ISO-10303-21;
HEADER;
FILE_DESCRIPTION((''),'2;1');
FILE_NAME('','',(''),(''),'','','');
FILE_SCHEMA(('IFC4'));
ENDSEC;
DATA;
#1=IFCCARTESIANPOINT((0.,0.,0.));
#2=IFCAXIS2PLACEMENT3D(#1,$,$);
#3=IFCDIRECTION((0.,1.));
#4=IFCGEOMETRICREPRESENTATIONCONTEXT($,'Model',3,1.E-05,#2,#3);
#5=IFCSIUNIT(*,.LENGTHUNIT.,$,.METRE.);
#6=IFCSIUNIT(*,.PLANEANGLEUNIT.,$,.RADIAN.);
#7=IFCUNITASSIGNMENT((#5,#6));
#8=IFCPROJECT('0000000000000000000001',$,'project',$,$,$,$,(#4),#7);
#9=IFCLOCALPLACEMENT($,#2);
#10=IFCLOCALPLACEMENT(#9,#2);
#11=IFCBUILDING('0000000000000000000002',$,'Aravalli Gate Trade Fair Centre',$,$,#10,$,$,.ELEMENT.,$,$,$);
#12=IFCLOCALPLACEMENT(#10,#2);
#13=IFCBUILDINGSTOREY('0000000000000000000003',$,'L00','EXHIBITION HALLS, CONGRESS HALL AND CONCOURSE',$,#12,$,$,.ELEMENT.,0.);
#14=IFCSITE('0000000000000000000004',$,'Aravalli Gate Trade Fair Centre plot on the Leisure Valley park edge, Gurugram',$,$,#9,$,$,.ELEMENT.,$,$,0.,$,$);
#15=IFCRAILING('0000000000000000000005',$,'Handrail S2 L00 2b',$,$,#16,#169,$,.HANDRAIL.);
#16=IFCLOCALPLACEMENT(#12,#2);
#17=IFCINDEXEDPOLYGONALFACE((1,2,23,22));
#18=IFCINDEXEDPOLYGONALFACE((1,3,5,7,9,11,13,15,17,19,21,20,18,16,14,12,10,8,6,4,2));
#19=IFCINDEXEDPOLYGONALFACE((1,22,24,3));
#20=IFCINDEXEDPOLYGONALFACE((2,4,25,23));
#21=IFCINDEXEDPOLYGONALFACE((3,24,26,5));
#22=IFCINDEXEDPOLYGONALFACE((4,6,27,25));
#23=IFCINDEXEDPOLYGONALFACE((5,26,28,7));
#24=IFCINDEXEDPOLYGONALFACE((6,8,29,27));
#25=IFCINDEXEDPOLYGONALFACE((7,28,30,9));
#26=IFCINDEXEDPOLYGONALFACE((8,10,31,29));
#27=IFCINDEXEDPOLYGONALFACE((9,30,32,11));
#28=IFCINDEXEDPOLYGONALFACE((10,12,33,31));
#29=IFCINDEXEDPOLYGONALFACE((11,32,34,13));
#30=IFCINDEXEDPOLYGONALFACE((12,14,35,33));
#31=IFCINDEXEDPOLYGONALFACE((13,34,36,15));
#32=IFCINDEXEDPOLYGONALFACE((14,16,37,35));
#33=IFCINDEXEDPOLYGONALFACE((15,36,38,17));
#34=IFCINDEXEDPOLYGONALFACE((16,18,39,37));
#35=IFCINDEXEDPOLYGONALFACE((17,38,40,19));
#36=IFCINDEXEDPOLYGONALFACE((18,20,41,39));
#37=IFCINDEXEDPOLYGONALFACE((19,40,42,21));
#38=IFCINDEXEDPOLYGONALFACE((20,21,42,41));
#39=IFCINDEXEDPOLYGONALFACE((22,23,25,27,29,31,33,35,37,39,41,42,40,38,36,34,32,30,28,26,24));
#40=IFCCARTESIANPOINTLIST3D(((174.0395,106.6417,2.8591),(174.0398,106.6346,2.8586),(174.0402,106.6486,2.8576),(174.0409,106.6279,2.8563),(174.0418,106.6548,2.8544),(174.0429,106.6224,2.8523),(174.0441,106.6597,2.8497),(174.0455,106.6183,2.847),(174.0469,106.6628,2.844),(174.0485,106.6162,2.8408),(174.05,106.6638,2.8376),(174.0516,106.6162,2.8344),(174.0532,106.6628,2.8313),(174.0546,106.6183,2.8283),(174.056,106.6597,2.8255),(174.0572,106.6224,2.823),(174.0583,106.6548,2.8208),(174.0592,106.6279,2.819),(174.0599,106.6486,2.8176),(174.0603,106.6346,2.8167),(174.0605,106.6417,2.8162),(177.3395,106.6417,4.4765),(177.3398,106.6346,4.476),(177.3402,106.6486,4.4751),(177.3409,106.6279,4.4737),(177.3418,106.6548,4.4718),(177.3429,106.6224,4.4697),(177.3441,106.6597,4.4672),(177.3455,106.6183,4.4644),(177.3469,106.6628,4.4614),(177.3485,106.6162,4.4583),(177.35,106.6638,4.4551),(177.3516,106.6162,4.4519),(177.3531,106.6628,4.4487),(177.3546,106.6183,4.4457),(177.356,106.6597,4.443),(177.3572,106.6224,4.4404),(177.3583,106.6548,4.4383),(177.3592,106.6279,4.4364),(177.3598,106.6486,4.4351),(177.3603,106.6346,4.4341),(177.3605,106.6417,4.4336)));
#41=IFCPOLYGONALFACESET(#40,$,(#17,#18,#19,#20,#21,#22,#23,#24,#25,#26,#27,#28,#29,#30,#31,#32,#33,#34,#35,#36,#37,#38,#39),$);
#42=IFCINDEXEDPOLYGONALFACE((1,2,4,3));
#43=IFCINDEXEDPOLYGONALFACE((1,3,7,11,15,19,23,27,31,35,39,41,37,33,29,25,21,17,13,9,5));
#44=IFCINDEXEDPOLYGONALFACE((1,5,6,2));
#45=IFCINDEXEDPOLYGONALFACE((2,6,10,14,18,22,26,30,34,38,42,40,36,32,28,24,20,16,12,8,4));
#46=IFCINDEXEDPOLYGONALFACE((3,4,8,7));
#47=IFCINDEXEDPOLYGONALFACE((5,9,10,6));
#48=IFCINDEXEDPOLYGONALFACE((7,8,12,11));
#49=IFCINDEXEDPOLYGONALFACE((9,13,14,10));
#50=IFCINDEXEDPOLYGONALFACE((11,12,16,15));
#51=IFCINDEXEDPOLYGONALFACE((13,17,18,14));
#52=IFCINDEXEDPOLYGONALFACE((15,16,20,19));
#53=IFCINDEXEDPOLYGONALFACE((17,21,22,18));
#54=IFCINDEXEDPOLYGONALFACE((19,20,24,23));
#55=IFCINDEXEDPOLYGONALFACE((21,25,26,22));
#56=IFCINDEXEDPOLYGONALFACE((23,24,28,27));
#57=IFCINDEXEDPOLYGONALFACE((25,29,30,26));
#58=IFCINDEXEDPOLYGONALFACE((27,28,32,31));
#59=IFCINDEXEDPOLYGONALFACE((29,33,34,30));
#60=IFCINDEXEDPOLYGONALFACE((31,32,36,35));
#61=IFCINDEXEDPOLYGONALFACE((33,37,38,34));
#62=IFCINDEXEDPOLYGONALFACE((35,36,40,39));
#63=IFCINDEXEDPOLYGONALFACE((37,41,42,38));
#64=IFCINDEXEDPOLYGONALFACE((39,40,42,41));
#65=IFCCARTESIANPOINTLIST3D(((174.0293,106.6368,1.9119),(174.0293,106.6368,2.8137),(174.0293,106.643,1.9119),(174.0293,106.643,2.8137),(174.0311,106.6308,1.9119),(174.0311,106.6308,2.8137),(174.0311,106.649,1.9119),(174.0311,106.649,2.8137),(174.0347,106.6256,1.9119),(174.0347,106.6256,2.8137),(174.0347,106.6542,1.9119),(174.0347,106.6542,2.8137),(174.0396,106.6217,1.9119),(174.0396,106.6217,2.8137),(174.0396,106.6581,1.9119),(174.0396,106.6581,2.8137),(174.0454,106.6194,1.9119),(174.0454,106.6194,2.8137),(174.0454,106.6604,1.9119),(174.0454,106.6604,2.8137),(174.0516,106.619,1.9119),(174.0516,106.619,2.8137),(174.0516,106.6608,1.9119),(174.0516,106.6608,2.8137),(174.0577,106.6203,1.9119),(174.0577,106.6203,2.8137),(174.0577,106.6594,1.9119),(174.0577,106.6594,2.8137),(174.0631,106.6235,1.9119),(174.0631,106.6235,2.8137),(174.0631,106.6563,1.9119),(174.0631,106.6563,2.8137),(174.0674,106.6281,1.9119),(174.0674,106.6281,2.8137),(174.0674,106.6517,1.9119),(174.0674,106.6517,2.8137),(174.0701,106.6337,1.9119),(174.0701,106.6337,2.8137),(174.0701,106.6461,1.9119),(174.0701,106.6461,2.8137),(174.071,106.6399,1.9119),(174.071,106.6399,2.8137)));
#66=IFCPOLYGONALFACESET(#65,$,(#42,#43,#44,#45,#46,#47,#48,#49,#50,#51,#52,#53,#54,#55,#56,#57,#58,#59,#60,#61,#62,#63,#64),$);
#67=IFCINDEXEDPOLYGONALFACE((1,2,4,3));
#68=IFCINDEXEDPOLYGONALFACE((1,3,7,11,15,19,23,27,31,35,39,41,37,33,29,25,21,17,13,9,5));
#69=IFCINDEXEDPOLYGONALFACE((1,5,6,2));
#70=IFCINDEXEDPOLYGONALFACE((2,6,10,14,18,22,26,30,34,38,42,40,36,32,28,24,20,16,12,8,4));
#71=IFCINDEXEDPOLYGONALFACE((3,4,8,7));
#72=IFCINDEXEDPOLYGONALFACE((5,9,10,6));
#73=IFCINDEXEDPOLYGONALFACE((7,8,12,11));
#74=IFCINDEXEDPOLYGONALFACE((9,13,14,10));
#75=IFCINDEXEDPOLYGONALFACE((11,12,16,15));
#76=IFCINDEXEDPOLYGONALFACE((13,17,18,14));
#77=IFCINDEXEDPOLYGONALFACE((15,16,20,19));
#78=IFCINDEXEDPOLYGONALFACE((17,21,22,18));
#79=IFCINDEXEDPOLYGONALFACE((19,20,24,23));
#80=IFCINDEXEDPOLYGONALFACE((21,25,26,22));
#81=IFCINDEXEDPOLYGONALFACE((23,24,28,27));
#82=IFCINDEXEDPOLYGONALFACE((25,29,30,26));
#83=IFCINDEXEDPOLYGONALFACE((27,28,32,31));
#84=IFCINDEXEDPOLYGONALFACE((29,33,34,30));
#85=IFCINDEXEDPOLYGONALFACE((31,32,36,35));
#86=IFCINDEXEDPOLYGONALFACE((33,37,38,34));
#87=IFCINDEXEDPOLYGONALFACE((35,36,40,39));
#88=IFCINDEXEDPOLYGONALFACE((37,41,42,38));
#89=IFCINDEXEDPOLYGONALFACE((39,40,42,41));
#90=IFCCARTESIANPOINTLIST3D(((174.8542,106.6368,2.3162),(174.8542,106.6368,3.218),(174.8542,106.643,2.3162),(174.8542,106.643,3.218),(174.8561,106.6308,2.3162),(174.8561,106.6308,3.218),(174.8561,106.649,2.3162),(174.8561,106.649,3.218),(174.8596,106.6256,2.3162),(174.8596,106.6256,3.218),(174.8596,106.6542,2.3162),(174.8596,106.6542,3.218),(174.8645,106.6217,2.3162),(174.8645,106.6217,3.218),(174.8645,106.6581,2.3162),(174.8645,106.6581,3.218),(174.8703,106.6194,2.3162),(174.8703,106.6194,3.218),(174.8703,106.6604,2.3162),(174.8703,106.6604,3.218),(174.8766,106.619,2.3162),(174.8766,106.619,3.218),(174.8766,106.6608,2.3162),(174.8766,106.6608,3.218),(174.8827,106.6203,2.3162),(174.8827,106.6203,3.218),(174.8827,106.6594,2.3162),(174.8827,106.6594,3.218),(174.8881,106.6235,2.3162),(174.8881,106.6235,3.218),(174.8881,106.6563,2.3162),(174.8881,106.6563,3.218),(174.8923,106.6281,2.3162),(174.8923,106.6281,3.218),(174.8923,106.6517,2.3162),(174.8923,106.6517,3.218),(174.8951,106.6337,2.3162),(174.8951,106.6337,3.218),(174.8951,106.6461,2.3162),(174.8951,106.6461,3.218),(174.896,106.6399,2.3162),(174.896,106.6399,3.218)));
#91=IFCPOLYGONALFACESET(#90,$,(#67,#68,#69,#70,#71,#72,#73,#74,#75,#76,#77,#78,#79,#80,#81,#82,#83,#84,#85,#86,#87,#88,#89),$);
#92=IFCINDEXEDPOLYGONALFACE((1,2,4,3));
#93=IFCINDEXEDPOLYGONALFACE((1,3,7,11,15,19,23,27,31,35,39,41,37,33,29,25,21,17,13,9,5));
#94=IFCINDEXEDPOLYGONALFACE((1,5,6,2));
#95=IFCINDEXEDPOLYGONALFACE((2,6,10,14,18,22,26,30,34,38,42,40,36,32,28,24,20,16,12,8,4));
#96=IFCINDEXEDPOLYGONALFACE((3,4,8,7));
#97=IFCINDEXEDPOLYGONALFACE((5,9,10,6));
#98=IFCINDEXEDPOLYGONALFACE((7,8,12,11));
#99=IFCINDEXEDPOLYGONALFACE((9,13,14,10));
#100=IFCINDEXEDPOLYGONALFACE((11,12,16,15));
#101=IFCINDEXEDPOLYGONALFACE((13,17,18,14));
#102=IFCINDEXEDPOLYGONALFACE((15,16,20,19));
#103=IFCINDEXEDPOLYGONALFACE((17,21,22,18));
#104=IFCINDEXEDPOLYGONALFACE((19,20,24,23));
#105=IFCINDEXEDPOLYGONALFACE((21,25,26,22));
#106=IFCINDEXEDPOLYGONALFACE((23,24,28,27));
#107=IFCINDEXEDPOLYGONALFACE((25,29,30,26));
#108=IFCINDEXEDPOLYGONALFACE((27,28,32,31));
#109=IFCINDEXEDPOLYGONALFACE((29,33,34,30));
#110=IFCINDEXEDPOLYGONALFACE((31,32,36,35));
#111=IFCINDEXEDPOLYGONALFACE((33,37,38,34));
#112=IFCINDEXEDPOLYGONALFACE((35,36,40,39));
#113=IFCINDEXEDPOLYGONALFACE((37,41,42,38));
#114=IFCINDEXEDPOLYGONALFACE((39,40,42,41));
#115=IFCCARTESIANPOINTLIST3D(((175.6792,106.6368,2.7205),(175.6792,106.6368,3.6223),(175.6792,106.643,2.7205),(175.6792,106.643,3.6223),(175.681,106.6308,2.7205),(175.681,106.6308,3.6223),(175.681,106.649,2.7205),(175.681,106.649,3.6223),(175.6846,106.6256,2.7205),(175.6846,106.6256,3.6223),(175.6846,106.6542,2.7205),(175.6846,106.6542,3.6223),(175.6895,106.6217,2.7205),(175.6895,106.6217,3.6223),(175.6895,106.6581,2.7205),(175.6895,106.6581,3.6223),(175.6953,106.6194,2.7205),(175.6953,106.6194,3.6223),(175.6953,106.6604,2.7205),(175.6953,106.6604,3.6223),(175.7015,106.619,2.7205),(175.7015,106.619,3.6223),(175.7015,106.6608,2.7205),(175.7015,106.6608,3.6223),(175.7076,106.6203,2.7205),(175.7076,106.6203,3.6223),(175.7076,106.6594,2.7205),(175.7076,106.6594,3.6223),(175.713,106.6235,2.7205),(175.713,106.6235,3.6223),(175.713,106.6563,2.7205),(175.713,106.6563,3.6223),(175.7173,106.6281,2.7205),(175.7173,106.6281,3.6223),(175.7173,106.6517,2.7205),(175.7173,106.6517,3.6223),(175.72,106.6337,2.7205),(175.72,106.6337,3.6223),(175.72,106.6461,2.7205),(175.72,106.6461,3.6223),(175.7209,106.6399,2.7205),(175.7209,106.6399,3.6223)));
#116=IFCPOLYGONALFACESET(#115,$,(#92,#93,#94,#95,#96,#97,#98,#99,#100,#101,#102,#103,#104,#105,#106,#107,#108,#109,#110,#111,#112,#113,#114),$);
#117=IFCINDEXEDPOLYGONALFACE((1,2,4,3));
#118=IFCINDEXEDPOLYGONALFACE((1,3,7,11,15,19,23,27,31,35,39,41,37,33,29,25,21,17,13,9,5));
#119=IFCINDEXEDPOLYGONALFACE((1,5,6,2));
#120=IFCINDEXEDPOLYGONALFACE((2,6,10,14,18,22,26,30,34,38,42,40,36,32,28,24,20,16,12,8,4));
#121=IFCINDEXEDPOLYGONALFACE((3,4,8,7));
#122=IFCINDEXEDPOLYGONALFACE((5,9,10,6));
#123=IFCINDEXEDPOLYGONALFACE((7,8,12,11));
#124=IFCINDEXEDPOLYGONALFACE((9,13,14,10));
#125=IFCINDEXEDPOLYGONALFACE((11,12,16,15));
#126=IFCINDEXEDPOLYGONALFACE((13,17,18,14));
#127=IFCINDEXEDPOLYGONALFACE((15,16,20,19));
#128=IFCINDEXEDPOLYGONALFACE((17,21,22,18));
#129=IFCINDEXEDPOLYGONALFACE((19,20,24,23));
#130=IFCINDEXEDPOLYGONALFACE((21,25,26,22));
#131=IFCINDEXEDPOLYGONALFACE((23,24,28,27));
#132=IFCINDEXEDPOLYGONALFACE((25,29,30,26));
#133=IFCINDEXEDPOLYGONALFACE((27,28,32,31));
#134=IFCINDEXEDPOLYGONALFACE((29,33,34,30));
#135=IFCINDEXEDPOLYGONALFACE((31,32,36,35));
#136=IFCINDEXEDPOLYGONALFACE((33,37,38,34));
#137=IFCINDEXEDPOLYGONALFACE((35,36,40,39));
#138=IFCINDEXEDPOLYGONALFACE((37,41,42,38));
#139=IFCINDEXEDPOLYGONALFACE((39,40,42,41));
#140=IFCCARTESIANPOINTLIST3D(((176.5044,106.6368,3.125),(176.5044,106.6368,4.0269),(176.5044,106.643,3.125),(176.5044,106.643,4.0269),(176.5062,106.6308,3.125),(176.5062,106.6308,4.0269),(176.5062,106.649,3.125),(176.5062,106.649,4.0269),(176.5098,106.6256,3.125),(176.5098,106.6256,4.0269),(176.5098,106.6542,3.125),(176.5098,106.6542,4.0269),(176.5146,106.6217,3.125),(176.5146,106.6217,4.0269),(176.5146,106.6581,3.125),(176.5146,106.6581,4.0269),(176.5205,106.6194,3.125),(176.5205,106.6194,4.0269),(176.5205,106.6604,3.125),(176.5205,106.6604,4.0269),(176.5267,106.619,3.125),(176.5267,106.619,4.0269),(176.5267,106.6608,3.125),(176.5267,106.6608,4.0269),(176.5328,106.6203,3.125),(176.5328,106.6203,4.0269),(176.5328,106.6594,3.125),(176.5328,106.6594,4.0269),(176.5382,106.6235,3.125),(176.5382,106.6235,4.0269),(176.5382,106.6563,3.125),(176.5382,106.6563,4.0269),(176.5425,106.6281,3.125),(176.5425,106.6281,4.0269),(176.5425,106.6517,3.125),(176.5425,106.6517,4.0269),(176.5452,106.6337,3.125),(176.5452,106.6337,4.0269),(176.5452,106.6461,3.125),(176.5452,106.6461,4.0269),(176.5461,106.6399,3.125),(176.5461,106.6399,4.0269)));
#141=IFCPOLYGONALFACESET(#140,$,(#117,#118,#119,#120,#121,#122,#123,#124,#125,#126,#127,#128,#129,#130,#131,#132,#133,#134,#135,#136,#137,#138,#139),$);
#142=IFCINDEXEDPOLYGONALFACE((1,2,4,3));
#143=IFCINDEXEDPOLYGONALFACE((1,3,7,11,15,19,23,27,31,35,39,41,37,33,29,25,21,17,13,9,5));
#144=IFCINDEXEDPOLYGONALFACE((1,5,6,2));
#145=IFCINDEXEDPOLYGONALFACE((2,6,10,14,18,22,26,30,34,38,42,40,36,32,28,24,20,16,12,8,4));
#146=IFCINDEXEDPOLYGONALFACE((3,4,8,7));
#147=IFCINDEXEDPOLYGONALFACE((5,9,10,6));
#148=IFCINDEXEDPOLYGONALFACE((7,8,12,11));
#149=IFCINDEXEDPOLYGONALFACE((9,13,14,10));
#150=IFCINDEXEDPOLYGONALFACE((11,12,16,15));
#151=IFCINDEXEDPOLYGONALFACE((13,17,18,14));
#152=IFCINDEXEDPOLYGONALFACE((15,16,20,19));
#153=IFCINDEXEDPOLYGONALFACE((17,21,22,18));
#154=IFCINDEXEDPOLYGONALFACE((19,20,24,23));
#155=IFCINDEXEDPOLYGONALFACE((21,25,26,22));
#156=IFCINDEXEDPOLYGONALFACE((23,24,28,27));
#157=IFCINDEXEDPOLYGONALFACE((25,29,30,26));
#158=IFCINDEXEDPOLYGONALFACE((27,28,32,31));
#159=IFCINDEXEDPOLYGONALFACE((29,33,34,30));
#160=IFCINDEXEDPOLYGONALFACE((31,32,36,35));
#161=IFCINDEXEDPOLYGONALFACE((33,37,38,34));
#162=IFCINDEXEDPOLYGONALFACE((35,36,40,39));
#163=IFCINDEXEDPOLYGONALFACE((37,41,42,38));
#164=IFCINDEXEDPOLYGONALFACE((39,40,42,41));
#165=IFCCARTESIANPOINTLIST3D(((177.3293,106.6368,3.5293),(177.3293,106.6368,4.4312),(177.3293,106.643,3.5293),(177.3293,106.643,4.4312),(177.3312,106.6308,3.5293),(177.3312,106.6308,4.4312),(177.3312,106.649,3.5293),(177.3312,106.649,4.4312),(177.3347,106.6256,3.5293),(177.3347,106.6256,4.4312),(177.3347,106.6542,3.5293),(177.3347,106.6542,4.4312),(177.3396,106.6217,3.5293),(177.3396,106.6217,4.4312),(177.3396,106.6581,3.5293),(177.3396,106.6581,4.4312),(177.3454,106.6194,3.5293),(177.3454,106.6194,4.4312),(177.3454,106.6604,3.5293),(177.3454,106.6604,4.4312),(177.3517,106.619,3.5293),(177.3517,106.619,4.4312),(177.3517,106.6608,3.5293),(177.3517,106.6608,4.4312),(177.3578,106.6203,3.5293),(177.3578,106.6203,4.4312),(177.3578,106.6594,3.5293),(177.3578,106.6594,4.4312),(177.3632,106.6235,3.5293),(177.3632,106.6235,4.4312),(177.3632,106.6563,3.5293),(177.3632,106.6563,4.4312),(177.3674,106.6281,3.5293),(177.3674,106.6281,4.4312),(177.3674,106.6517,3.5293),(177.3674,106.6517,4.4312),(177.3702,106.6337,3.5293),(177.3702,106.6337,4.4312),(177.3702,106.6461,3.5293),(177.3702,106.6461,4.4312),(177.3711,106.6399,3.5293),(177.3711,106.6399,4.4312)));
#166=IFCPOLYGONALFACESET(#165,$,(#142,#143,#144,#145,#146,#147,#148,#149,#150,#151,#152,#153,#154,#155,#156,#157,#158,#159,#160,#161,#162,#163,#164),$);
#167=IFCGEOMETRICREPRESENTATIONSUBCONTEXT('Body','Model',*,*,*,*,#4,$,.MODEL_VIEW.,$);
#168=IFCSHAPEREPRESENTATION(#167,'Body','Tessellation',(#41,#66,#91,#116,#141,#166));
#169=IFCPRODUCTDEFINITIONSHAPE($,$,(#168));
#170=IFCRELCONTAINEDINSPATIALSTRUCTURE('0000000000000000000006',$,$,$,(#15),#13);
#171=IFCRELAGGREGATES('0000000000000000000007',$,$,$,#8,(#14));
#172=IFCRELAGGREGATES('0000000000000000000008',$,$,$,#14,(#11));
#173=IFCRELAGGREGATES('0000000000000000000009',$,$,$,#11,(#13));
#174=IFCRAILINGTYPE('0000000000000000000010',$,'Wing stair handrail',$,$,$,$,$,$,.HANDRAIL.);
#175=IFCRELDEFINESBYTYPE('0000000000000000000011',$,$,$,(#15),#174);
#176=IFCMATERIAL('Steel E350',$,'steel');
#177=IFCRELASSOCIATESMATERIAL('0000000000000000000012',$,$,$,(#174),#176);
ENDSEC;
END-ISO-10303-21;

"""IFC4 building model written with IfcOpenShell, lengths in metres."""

from ifc_helpers import new_model, si_unit, direction, frame, origin, origin_2d, place, context, subcontext, project, spatial, circle, extrude, material, type_object, element, save


model = new_model("IFC4")

# Units and contexts
model_context = context("Model", 3, precision=1e-05, world=origin(), true_north=direction((0.0, 1.0)))
body_context = subcontext(model_context, "Body", "Model", "MODEL_VIEW")
ifc_project = project(units=[si_unit("LENGTHUNIT", "METRE"), si_unit("PLANEANGLEUNIT", "RADIAN")], contexts=[model_context])

# Site, building, storey
site_placement = place(None, origin())
site = spatial("IfcSite", under=ifc_project, at=site_placement, Name="Aravalli Gate Trade Fair Centre plot on the Leisure Valley park edge, Gurugram", CompositionType="ELEMENT", RefElevation=0.0)
building_placement = place(site_placement, origin())
building = spatial("IfcBuilding", under=site, at=building_placement, Name="Aravalli Gate Trade Fair Centre", CompositionType="ELEMENT")
storey_placement = place(building_placement, origin())
storey = spatial("IfcBuildingStorey", under=building, at=storey_placement, Name="L00", Description="EXHIBITION HALLS, CONGRESS HALL AND CONCOURSE", CompositionType="ELEMENT", Elevation=0.0)

# Shared definitions
ifc_material_1 = material(Name="Steel E350", Category="steel")

# Railing
railing_type = type_object("IfcRailingType", Name="Wing stair handrail", PredefinedType="HANDRAIL", material=ifc_material_1)
for number, where, name in (
    (1, (174.05, 106.6399, 1.9119), "Handrail S2 L00 2b"),
):
    element("IfcRailing", number, at=place(storey_placement, frame(where)), inside=storey, type_object=railing_type, Name=name, PredefinedType="HANDRAIL", context=body_context, shape_type="SweptSolid", body=[
        extrude(circle(Radius=0.0239, at=origin_2d()), frame((0.0, 0.0, 0.9258), z_axis=(0.897946, 0.0, 0.440105), x_axis=(0.0, 1.0, 0.0)), (0.0, 0.0, 1.0), 3.675),
        extrude(circle(Radius=0.021, at=origin_2d()), origin(), (0.0, 0.0, 1.0), 0.9019),
        extrude(circle(Radius=0.021, at=origin_2d()), frame((0.825, 0.0, 0.4043)), (0.0, 0.0, 1.0), 0.9019),
        extrude(circle(Radius=0.021, at=origin_2d()), frame((1.6499, 0.0, 0.8086)), (0.0, 0.0, 1.0), 0.9019),
        extrude(circle(Radius=0.021, at=origin_2d()), frame((2.4751, 0.0, 1.2131)), (0.0, 0.0, 1.0), 0.9019),
        extrude(circle(Radius=0.021, at=origin_2d()), frame((3.3, 0.0, 1.6174)), (0.0, 0.0, 1.0), 0.9019),
    ])

save(model, "model.ifc")
